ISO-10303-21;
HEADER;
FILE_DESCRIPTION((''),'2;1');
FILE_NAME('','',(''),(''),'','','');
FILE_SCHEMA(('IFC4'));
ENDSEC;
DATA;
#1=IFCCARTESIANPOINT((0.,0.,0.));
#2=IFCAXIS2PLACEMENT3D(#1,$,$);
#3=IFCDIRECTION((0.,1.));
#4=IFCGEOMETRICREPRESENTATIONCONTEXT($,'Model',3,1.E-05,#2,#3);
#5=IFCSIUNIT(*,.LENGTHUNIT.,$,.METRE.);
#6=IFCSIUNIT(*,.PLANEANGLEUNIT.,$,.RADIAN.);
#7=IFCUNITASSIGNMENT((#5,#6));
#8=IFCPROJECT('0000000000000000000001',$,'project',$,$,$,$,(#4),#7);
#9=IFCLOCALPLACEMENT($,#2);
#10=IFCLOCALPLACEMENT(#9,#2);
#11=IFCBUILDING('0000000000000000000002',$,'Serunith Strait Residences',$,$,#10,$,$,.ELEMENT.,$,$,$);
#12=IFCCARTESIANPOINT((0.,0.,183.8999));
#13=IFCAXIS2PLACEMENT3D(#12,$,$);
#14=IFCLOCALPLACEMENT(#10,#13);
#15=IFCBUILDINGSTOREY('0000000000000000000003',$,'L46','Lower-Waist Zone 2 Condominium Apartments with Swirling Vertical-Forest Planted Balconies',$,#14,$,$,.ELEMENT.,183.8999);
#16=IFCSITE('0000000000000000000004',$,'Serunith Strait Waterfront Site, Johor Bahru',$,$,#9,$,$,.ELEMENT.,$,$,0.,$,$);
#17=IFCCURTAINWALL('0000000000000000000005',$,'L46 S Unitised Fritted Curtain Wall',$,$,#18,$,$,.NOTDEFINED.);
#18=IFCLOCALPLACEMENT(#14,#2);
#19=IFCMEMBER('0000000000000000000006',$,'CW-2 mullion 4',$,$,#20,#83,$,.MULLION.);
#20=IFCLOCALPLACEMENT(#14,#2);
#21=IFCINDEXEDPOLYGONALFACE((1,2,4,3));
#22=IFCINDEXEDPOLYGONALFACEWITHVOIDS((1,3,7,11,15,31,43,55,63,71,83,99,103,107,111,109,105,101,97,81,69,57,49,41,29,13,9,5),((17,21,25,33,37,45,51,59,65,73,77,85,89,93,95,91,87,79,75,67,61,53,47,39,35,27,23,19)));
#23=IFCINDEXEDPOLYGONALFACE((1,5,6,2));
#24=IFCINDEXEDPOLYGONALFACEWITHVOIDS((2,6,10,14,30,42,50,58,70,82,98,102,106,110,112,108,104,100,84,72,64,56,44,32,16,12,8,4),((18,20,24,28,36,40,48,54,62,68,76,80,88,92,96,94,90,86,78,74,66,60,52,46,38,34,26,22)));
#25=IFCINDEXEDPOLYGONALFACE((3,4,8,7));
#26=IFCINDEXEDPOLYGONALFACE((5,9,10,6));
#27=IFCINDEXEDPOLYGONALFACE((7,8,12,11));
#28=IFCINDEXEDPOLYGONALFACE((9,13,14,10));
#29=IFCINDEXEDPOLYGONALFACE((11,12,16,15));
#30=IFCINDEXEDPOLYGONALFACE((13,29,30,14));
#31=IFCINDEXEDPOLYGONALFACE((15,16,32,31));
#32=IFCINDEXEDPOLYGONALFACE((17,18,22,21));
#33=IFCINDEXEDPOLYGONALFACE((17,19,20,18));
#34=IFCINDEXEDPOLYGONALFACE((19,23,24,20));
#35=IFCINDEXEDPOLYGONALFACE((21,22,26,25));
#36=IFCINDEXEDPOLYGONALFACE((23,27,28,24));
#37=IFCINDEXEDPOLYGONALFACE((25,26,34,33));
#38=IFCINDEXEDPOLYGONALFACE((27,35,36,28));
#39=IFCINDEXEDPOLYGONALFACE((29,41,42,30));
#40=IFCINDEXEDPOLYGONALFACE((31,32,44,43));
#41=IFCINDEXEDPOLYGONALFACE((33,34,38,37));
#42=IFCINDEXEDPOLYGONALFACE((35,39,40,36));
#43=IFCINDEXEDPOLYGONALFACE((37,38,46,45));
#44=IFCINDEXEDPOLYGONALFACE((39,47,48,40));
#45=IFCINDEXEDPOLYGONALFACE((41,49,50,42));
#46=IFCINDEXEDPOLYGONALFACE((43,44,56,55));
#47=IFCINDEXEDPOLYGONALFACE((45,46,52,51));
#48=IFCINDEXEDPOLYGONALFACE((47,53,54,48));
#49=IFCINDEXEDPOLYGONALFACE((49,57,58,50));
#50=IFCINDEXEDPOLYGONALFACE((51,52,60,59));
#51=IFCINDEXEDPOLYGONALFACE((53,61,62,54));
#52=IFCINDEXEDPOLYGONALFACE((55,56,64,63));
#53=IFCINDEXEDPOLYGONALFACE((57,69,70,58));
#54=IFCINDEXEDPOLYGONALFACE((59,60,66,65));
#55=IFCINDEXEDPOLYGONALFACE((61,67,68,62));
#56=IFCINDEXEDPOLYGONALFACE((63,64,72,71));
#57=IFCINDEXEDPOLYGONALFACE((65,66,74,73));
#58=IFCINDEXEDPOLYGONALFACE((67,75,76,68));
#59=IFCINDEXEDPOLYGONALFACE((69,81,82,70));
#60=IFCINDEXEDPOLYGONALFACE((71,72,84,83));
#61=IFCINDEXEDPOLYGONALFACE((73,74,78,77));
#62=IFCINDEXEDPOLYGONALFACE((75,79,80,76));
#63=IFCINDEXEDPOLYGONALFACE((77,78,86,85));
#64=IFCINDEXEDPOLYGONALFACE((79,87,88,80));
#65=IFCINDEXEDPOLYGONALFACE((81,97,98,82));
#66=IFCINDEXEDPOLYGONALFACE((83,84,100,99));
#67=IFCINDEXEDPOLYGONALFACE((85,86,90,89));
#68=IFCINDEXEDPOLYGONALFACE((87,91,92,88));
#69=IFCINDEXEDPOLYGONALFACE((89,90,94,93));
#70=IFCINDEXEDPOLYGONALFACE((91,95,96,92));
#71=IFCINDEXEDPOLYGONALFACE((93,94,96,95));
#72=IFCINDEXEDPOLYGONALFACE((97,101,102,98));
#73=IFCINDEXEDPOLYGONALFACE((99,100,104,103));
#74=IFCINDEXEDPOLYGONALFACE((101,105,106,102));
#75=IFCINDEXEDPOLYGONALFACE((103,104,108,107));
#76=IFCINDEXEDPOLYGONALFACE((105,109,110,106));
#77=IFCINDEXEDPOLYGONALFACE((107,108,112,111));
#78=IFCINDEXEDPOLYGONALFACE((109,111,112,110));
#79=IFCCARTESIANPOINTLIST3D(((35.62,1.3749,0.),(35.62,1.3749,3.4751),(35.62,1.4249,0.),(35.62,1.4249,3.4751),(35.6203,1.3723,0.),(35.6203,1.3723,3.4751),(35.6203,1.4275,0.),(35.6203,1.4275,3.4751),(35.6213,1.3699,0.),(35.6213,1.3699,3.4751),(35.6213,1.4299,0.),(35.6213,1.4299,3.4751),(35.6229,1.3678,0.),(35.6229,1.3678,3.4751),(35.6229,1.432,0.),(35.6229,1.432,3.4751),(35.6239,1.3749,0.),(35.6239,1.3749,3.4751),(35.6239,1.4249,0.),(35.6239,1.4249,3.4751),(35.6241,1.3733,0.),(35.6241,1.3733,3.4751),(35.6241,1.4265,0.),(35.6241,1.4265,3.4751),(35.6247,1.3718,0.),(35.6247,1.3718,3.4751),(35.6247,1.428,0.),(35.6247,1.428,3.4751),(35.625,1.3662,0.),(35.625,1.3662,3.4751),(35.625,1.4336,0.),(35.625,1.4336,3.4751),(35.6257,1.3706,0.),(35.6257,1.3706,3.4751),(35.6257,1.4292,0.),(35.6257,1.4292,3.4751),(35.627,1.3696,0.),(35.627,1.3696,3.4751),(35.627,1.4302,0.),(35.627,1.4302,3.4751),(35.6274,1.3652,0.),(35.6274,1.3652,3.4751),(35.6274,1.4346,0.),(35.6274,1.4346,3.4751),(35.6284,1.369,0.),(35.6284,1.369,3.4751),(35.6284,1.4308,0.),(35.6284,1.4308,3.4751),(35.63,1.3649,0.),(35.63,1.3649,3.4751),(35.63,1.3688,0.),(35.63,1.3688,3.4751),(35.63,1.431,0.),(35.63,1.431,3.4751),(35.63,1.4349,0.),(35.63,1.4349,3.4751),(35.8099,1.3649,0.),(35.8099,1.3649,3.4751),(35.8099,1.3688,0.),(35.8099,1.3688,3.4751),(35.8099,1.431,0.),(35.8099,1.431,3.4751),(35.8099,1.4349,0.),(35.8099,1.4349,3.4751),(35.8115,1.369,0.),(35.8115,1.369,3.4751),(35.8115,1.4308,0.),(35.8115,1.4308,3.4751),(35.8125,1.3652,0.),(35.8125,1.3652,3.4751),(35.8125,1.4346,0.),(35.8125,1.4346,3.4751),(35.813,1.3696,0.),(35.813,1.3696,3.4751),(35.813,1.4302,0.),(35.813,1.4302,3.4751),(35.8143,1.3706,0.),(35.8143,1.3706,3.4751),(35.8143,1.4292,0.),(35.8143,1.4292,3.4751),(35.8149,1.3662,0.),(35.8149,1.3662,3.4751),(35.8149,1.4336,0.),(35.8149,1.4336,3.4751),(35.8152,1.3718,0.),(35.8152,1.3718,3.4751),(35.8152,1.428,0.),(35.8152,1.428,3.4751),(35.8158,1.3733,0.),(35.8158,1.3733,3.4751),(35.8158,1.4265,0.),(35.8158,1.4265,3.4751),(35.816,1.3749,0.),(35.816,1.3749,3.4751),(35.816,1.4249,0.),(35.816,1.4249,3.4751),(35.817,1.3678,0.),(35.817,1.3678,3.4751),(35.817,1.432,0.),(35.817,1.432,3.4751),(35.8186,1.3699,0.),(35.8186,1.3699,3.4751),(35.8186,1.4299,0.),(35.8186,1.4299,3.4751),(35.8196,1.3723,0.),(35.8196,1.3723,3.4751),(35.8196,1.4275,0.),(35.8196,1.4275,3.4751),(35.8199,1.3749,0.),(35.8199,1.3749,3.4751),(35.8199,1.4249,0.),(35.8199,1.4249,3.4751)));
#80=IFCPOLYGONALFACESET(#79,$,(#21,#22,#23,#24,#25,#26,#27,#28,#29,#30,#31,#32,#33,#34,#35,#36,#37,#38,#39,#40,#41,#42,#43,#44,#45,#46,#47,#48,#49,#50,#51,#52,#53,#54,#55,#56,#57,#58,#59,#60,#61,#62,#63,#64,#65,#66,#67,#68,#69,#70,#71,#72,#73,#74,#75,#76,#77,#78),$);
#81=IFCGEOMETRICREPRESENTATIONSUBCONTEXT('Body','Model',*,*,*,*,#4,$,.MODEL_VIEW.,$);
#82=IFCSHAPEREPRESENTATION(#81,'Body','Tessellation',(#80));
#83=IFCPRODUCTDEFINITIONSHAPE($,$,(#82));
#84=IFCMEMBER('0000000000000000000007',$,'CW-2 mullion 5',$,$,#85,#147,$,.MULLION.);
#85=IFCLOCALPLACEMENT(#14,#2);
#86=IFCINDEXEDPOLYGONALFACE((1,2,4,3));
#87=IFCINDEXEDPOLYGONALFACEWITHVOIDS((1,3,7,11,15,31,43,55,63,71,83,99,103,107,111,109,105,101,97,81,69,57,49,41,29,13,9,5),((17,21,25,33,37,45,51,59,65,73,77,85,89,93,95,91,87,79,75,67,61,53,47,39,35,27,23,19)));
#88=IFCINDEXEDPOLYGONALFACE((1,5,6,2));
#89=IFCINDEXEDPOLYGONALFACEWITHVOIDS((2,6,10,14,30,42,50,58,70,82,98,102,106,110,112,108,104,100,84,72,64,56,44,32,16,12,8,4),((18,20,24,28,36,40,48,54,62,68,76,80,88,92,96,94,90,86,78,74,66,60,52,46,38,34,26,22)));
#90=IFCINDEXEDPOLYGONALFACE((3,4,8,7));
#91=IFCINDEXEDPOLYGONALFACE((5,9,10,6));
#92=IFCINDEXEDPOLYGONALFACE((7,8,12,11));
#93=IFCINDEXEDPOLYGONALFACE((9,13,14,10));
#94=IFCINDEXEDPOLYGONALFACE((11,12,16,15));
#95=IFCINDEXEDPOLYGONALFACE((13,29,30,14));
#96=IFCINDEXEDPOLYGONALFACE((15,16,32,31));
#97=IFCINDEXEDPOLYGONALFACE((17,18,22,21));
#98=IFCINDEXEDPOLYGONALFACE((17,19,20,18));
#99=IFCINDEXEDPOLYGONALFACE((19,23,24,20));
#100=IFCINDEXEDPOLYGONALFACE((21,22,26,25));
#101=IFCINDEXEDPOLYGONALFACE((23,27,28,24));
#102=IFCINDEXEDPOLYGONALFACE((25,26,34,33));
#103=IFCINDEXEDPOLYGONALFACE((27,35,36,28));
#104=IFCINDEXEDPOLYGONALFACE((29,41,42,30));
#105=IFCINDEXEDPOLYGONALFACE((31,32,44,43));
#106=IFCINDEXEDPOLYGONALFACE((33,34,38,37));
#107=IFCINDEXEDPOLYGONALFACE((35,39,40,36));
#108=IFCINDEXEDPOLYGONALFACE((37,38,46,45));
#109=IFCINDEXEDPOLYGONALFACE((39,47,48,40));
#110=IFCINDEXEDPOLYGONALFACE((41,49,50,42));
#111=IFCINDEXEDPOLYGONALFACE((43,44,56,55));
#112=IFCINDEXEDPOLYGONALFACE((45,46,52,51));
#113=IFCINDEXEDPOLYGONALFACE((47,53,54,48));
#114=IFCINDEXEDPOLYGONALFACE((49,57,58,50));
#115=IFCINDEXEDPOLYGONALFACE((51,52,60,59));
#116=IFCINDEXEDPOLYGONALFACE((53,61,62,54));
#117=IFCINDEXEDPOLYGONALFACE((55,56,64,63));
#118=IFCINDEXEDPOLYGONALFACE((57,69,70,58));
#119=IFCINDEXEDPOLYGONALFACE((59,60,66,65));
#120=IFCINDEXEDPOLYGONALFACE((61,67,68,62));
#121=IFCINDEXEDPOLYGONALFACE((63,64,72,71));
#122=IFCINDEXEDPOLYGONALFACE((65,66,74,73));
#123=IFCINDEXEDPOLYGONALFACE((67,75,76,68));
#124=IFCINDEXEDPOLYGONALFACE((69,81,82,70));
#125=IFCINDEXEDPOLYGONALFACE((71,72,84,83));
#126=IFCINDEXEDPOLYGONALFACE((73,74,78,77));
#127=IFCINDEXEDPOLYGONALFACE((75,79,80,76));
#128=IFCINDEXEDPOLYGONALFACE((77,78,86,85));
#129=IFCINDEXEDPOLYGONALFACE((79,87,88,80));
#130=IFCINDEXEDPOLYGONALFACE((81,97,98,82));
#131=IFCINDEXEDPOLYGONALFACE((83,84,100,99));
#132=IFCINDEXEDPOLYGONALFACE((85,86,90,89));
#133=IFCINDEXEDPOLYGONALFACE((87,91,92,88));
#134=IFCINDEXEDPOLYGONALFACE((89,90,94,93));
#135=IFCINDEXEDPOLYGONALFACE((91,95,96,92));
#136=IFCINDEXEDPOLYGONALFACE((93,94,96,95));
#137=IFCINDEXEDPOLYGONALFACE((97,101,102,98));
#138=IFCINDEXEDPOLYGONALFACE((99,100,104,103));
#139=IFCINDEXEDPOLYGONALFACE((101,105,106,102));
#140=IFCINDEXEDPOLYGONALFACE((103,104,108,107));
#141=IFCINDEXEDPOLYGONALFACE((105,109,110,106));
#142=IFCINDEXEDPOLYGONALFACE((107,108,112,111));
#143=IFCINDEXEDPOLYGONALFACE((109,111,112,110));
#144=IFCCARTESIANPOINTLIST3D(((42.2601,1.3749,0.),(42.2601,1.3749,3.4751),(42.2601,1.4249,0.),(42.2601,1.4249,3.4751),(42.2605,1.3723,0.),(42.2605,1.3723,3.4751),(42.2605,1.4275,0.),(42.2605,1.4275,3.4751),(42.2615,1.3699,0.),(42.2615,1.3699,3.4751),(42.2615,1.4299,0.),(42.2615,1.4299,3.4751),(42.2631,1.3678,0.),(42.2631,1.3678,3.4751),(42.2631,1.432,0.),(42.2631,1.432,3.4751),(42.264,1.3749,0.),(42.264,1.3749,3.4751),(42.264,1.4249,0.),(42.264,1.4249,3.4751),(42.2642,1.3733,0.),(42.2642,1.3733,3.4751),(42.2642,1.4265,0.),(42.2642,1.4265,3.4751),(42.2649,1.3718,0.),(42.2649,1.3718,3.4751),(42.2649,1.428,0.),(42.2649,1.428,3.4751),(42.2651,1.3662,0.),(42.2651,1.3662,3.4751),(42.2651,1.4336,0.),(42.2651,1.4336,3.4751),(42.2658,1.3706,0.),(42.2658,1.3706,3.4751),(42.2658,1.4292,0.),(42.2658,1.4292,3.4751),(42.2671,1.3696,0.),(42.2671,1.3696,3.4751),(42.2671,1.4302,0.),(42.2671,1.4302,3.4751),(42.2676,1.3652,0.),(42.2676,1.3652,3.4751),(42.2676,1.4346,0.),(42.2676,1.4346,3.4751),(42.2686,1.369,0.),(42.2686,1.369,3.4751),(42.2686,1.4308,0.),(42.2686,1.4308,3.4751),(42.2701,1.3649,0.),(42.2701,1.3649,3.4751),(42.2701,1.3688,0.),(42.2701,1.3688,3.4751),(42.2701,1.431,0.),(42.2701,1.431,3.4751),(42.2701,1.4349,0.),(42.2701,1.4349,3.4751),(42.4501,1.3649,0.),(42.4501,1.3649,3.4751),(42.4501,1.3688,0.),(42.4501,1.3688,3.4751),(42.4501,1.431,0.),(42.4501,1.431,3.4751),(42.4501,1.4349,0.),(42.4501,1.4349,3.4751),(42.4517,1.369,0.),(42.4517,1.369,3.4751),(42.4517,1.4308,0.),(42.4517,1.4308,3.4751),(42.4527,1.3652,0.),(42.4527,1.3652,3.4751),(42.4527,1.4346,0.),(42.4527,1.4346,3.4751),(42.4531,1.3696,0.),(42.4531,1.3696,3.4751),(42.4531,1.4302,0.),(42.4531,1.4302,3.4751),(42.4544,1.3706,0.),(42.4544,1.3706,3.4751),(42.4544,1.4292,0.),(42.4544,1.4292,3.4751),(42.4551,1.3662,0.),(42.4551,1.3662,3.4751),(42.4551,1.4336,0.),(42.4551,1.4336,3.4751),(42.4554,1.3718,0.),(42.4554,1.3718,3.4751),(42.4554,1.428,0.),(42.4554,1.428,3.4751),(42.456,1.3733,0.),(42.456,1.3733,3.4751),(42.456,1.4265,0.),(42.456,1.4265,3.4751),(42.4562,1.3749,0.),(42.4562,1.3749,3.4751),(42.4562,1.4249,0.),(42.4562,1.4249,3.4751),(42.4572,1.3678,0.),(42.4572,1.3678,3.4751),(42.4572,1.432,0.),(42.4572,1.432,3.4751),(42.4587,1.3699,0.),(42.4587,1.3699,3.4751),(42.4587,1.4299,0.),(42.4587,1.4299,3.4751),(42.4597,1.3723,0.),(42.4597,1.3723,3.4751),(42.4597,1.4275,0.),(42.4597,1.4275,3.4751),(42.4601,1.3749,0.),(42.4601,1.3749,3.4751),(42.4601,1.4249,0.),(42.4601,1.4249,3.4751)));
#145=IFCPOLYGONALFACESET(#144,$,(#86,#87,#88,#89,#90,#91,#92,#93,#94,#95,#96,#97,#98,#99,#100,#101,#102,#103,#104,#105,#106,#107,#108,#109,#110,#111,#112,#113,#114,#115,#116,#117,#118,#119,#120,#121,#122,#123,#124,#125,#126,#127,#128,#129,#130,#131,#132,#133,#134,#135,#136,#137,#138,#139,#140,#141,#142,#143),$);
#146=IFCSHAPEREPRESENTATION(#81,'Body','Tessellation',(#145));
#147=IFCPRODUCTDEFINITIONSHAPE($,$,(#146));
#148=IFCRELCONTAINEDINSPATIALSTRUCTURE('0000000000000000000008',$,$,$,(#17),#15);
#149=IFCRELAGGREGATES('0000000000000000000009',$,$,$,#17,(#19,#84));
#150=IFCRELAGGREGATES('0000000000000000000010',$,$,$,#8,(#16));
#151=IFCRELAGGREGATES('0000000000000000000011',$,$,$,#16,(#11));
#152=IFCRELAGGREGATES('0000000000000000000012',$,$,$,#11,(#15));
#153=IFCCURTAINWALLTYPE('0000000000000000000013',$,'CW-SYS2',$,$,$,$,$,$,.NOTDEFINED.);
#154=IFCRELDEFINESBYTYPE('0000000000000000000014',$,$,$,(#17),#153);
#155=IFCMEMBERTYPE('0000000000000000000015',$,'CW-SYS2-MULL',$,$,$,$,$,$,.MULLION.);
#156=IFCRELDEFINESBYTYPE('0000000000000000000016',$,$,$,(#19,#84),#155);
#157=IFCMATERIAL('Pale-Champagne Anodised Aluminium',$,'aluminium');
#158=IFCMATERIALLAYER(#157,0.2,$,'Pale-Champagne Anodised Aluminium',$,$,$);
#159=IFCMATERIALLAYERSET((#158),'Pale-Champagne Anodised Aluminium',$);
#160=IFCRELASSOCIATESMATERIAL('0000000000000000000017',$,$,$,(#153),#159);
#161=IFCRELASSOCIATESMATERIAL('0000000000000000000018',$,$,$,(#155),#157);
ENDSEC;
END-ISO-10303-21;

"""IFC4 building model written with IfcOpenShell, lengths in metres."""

from ifc_helpers import new_model, si_unit, direction, frame, origin, origin_2d, place, context, subcontext, project, spatial, hollow_rectangle, extrude, source, transform, mapped, material, layer, layer_set, material_profile, profile_set, type_object, element, aggregate, save


model = new_model("IFC4")

# Units and contexts
model_context = context("Model", 3, precision=1e-05, world=origin(), true_north=direction((0.0, 1.0)))
body_context = subcontext(model_context, "Body", "Model", "MODEL_VIEW")
ifc_project = project(units=[si_unit("LENGTHUNIT", "METRE"), si_unit("PLANEANGLEUNIT", "RADIAN")], contexts=[model_context])

# Site, building, storey
site_placement = place(None, origin())
site = spatial("IfcSite", under=ifc_project, at=site_placement, Name="Serunith Strait Waterfront Site, Johor Bahru", CompositionType="ELEMENT", RefElevation=0.0)
building_placement = place(site_placement, origin())
building = spatial("IfcBuilding", under=site, at=building_placement, Name="Serunith Strait Residences", CompositionType="ELEMENT")
storey_placement = place(building_placement, frame((0.0, 0.0, 183.8999)))
storey = spatial("IfcBuildingStorey", under=building, at=storey_placement, Name="L46", Description="Lower-Waist Zone 2 Condominium Apartments with Swirling Vertical-Forest Planted Balconies", CompositionType="ELEMENT", Elevation=183.8999)

# Curtain wall, members
ifc_material_1 = material(Name="Pale-Champagne Anodised Aluminium", Category="aluminium")
ifc_layer_1 = layer(ifc_material_1, 0.2, Name="Pale-Champagne Anodised Aluminium")
ifc_layer_set_1 = layer_set([ifc_layer_1], Name="Pale-Champagne Anodised Aluminium")
curtain_wall_type = type_object("IfcCurtainWallType", Name="CW-SYS2", PredefinedType="NOTDEFINED", material=ifc_layer_set_1)
curtain_wall_placement = place(storey_placement, origin())
curtain_wall = element("IfcCurtainWall", 1, at=curtain_wall_placement, inside=storey, type_object=curtain_wall_type, Name="L46 S Unitised Fritted Curtain Wall", PredefinedType="NOTDEFINED")
ifc_material_profile_1 = material_profile(ifc_material_1, hollow_rectangle(XDim=0.0701, YDim=0.2, WallThickness=0.0039, InnerFilletRadius=0.0061, OuterFilletRadius=0.01, at=origin_2d()), Name="ALU 200x70x4")
ifc_profile_set_1 = profile_set([ifc_material_profile_1], Name="Pale-Champagne Anodised Aluminium")
member_type_1 = type_object("IfcMemberType", Name="CW-SYS2-MULL", PredefinedType="MULLION", material=ifc_profile_set_1)
shared_shape_1 = source(origin(), body_context, "Body", "SweptSolid", [
    extrude(hollow_rectangle(XDim=0.0701, YDim=0.2, WallThickness=0.0039, InnerFilletRadius=0.0061, OuterFilletRadius=0.01, at=origin_2d()), origin(), (0.0, 0.0, 1.0), 3.4751),
])
member_1_placement = place(storey_placement, frame((35.72, 1.3999, 0.0), z_axis=(0.0, 0.0, 1.0), x_axis=(0.0, 1.0, 0.0)))
member_1 = element("IfcMember", 2, at=member_1_placement, type_object=member_type_1, Name="CW-2 mullion 4", PredefinedType="MULLION", context=body_context, shape_type="MappedRepresentation", body=[
    mapped(shared_shape_1, transform((0.0, 0.0, 0.0), scale=1.0)),
])
member_2_placement = place(storey_placement, frame((42.3601, 1.3999, 0.0), z_axis=(0.0, 0.0, 1.0), x_axis=(0.0, 1.0, 0.0)))
member_2 = element("IfcMember", 3, at=member_2_placement, type_object=member_type_1, Name="CW-2 mullion 5", PredefinedType="MULLION", context=body_context, shape_type="MappedRepresentation", body=[
    mapped(shared_shape_1, transform((0.0, 0.0, 0.0), scale=1.0)),
])
aggregate(curtain_wall, [member_1, member_2])

save(model, "model.ifc")
